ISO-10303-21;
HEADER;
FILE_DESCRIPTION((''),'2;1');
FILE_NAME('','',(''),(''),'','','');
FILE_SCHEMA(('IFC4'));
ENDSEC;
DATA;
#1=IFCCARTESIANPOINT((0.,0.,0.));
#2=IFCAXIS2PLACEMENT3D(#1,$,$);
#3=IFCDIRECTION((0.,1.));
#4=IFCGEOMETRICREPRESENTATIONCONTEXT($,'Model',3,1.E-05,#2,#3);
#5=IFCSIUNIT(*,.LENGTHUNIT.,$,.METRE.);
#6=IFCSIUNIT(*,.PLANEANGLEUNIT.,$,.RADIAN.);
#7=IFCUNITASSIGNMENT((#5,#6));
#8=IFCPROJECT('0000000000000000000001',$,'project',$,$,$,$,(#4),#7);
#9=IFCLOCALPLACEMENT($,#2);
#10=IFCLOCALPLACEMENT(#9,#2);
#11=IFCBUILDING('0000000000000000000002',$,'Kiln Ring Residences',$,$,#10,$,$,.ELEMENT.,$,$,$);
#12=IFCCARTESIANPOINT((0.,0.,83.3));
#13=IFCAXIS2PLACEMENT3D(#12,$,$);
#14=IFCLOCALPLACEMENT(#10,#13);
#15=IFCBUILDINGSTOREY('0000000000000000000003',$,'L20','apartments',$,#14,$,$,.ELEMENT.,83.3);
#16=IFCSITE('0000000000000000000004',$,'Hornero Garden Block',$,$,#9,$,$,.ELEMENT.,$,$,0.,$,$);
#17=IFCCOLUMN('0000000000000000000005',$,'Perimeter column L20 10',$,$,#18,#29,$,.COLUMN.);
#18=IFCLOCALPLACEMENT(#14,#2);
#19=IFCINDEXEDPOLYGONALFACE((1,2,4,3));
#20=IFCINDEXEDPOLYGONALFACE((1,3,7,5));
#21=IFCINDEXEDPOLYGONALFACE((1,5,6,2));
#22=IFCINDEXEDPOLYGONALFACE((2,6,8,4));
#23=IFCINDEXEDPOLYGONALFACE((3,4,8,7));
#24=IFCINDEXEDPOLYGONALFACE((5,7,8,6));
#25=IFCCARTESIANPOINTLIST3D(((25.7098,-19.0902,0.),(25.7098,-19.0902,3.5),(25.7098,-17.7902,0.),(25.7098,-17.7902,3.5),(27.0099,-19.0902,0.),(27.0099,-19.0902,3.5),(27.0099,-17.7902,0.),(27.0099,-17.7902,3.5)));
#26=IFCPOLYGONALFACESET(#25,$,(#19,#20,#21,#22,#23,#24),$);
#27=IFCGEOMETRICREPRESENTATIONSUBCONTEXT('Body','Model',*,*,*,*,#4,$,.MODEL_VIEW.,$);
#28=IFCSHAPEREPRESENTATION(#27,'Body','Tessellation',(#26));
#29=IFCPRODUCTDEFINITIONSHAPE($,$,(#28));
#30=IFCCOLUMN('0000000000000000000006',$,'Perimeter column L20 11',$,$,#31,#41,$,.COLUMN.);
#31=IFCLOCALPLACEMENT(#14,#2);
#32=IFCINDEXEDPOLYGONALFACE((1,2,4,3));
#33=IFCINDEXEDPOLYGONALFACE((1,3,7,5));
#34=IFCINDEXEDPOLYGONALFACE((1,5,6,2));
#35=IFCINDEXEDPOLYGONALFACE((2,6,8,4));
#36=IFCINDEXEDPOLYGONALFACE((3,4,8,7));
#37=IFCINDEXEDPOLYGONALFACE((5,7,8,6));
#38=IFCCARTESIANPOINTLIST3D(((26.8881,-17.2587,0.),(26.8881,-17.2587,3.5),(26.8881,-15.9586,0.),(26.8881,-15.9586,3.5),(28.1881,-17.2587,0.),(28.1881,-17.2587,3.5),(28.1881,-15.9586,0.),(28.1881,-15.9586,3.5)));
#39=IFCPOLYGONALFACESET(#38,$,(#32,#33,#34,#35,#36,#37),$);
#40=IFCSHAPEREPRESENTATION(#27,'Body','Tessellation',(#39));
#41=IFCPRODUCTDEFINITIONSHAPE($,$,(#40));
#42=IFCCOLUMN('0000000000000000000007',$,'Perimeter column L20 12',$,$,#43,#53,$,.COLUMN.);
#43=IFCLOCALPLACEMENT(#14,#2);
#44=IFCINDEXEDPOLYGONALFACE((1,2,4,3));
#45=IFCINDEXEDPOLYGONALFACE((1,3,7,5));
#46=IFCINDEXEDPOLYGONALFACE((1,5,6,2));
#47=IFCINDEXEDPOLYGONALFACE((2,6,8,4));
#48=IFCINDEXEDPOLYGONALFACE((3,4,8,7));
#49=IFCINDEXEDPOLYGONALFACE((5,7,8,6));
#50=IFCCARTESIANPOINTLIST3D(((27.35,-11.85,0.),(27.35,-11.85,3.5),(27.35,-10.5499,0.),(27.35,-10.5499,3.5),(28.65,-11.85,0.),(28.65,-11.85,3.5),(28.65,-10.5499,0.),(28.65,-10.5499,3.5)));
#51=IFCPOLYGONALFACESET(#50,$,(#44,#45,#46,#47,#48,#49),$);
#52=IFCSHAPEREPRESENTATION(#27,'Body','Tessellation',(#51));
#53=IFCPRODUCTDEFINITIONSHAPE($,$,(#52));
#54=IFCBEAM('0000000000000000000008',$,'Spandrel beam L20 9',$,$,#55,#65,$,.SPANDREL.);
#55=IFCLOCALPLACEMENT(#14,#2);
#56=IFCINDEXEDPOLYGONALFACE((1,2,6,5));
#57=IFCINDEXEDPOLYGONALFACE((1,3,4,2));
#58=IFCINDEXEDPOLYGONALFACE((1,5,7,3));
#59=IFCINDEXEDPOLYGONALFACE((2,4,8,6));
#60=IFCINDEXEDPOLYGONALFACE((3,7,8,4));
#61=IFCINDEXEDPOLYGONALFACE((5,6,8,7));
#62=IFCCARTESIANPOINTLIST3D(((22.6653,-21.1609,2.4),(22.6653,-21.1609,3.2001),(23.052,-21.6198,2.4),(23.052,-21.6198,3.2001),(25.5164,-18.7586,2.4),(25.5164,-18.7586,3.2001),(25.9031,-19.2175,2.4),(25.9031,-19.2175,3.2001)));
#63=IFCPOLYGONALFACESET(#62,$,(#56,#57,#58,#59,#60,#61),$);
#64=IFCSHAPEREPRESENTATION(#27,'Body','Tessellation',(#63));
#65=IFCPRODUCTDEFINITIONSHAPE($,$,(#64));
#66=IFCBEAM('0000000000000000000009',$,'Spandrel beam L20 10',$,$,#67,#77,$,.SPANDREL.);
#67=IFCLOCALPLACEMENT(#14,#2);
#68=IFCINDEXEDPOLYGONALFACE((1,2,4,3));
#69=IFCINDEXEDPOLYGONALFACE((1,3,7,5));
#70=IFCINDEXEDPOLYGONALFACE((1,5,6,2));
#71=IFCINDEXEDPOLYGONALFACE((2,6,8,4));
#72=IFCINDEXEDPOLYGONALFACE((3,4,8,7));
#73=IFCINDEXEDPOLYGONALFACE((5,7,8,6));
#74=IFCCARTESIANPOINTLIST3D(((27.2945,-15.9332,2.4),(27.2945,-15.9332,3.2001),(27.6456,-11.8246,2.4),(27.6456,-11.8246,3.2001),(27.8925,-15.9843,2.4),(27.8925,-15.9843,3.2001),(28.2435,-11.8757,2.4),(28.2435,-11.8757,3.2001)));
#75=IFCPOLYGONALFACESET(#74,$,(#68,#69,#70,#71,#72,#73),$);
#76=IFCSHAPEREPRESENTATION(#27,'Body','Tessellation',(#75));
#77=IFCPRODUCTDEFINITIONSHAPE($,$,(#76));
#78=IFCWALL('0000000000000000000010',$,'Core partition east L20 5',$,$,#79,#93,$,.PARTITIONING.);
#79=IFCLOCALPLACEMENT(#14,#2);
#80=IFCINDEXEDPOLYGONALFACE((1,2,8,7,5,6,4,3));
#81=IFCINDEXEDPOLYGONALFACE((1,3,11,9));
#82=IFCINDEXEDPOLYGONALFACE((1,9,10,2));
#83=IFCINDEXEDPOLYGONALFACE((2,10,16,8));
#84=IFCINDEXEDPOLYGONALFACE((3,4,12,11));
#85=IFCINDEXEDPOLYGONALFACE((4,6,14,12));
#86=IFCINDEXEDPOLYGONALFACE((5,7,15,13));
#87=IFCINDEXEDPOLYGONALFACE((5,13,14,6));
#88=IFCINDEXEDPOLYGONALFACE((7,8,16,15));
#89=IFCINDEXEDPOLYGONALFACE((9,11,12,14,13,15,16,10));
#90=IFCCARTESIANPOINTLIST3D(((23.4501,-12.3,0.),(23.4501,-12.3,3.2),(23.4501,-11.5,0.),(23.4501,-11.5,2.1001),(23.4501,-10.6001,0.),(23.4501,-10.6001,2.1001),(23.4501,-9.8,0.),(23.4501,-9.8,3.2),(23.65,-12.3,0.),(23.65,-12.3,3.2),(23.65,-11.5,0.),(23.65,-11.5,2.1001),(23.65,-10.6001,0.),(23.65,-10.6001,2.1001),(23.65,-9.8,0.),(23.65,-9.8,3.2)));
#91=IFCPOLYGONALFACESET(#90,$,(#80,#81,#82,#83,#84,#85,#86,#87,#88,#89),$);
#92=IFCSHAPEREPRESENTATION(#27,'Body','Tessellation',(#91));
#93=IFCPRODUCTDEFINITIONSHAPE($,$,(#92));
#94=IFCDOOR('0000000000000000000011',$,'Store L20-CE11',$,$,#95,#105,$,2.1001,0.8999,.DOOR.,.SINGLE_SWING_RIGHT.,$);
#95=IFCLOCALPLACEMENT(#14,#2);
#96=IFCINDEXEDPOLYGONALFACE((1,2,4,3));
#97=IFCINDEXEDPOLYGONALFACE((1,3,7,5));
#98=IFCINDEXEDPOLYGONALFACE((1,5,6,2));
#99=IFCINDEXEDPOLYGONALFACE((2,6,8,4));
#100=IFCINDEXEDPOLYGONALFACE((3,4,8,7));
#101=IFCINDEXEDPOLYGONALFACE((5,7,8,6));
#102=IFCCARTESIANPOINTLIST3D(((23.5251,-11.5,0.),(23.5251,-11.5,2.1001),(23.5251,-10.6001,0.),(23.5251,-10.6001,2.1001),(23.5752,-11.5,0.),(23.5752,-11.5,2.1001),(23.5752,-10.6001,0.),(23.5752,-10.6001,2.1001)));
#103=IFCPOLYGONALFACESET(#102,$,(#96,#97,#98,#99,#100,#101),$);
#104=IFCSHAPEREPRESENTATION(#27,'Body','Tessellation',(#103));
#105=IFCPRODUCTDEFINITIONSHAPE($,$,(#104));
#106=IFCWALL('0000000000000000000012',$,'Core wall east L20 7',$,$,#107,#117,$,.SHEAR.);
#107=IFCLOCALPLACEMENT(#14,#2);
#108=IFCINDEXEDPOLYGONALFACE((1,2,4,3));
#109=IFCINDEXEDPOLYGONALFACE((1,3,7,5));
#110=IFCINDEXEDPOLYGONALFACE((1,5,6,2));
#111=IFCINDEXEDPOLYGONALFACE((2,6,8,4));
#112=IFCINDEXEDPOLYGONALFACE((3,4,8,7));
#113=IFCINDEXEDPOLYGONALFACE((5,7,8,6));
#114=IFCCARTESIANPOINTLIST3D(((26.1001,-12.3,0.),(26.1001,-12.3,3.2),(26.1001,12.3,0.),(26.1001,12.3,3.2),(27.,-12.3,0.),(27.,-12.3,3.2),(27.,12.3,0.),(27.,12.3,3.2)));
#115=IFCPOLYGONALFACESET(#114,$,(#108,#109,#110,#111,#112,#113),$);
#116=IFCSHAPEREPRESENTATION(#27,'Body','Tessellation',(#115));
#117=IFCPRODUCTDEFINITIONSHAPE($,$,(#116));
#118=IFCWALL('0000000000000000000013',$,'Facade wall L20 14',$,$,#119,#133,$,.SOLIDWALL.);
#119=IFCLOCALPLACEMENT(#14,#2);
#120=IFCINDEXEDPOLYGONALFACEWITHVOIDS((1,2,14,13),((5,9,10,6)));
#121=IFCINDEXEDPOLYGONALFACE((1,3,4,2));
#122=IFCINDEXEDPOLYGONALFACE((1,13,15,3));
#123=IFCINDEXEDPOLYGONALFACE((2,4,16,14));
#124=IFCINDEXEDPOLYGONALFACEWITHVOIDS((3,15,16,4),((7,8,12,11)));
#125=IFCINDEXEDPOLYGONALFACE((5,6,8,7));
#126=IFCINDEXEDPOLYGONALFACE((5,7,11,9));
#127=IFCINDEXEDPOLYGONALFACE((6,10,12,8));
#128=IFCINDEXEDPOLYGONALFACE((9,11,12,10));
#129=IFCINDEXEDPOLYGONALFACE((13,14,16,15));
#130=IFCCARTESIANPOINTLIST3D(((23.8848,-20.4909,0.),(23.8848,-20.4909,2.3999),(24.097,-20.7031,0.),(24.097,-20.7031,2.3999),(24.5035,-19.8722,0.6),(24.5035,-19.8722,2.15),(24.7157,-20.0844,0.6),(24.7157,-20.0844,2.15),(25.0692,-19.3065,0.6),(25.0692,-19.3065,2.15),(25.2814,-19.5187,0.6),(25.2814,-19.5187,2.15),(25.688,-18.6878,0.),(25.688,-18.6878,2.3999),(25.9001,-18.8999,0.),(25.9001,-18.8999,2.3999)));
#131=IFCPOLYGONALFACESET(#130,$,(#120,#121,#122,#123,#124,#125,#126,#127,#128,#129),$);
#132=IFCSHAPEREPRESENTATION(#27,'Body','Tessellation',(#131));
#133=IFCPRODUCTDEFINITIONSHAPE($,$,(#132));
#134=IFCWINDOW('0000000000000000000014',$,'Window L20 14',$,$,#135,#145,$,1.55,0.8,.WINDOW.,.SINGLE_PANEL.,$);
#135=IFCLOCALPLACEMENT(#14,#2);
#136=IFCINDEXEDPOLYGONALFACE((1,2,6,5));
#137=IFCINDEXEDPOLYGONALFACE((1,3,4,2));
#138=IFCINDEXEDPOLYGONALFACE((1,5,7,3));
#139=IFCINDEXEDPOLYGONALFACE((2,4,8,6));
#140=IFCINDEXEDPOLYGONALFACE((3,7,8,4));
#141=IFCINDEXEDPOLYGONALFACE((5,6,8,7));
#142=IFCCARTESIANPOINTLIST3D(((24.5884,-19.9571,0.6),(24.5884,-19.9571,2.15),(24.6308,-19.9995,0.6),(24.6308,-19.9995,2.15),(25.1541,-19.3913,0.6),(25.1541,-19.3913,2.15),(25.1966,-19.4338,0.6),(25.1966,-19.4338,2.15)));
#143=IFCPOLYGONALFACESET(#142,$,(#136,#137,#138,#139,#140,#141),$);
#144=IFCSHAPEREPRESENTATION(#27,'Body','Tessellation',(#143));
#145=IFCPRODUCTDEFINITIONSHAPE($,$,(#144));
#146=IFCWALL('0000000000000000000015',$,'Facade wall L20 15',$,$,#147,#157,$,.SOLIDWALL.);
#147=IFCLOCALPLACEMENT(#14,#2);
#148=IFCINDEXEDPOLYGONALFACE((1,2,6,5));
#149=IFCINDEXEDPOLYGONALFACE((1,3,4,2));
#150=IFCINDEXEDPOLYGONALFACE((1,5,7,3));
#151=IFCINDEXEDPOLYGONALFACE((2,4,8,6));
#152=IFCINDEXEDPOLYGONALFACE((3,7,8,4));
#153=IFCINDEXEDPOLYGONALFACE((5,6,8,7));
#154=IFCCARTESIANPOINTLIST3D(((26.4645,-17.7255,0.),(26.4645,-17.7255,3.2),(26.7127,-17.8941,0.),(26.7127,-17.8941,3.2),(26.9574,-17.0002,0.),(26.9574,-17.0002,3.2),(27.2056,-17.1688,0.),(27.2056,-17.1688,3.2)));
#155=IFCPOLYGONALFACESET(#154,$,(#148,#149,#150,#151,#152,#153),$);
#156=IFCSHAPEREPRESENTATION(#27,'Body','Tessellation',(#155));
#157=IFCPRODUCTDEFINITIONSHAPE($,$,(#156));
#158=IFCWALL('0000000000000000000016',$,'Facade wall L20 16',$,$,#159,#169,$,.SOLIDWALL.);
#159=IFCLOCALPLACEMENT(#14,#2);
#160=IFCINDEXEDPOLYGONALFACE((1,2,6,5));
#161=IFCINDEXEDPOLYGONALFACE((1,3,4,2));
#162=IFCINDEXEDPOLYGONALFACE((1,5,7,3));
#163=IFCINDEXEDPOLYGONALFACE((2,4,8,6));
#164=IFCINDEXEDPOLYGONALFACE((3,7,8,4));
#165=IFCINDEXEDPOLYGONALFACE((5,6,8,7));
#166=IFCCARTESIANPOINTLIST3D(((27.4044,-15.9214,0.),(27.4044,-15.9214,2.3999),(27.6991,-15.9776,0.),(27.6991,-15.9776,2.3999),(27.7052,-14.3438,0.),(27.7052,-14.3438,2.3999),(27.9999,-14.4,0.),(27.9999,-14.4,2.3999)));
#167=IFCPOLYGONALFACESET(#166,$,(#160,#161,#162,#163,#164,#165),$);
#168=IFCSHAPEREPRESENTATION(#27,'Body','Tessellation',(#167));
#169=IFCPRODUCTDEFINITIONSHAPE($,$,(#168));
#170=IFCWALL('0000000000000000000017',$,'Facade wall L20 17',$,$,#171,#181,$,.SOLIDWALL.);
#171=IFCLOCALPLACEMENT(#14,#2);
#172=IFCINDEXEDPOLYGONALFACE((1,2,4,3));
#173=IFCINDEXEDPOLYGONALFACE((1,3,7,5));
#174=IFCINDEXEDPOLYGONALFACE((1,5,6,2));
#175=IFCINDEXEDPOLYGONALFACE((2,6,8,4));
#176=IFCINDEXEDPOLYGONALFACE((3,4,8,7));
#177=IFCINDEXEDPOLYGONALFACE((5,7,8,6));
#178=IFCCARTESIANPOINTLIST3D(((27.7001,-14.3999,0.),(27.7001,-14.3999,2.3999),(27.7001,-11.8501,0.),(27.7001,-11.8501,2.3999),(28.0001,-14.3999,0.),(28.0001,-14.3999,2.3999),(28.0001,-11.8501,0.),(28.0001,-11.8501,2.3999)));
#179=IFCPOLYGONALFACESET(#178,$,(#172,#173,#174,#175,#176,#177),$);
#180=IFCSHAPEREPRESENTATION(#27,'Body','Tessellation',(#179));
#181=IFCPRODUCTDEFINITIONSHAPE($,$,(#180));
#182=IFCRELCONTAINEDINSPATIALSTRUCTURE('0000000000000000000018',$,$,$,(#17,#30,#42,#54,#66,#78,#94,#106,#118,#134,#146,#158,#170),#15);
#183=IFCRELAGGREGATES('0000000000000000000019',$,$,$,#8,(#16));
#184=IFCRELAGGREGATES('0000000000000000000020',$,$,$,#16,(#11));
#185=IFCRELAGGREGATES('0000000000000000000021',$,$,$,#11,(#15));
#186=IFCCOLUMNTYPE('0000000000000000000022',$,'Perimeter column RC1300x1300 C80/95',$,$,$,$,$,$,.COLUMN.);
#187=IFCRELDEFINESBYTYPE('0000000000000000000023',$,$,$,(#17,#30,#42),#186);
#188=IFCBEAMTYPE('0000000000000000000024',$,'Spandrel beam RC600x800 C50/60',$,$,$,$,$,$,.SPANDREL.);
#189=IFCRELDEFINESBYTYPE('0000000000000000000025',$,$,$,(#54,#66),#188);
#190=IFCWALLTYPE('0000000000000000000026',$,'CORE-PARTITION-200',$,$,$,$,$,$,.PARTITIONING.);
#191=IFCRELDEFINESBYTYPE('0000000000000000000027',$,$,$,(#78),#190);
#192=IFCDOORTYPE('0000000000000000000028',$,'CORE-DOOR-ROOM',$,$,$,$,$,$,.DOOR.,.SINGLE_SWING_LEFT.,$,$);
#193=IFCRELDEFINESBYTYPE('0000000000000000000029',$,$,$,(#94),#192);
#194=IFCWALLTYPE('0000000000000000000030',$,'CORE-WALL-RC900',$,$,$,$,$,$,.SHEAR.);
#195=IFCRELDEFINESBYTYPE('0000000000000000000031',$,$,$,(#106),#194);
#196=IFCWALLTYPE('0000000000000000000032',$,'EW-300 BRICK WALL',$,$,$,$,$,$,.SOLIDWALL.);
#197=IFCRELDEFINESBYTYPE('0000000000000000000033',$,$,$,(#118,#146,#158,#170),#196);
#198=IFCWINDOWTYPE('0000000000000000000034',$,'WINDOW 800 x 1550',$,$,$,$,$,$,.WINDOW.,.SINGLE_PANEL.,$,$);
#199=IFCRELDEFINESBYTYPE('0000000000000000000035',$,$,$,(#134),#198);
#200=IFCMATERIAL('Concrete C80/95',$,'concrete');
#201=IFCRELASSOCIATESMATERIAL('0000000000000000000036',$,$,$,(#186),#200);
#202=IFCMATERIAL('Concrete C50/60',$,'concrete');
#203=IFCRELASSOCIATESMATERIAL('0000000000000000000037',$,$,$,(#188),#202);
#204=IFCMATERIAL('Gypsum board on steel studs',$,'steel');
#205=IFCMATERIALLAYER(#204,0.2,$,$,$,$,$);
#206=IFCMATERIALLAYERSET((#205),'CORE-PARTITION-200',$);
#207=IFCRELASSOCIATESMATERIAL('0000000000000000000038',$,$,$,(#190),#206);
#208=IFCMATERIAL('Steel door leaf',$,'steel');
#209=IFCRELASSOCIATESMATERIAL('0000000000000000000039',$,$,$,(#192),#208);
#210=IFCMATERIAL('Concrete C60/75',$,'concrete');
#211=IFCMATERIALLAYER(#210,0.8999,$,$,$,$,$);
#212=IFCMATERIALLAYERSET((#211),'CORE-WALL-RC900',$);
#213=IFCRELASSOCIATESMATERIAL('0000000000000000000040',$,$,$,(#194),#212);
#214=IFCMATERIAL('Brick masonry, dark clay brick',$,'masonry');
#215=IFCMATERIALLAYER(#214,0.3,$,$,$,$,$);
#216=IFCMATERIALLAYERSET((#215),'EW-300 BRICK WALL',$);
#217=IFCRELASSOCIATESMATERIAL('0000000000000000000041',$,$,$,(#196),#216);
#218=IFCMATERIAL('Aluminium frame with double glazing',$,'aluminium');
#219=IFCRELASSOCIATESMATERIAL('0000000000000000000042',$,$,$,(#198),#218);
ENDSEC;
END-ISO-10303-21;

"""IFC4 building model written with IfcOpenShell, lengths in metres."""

from ifc_helpers import new_model, si_unit, direction, frame, frame_2d, origin, origin_2d, place, context, subcontext, project, spatial, rectangle, extrude, material, layer, layer_set, material_profile, profile_set, type_object, element, fill, save


model = new_model("IFC4")

# Units and contexts
model_context = context("Model", 3, precision=1e-05, world=origin(), true_north=direction((0.0, 1.0)))
body_context = subcontext(model_context, "Body", "Model", "MODEL_VIEW")
ifc_project = project(units=[si_unit("LENGTHUNIT", "METRE"), si_unit("PLANEANGLEUNIT", "RADIAN")], contexts=[model_context])

# Site, building, storey
site_placement = place(None, origin())
site = spatial("IfcSite", under=ifc_project, at=site_placement, Name="Hornero Garden Block", CompositionType="ELEMENT", RefElevation=0.0)
building_placement = place(site_placement, origin())
building = spatial("IfcBuilding", under=site, at=building_placement, Name="Kiln Ring Residences", CompositionType="ELEMENT")
storey_placement = place(building_placement, frame((0.0, 0.0, 83.3)))
storey = spatial("IfcBuildingStorey", under=building, at=storey_placement, Name="L20", Description="apartments", CompositionType="ELEMENT", Elevation=83.3)

# Columns
ifc_material_1 = material(Name="Concrete C80/95", Category="concrete")
ifc_material_profile_1 = material_profile(ifc_material_1, rectangle(XDim=1.3, YDim=1.3, at=origin_2d()), Name="RC1300x1300")
ifc_profile_set_1 = profile_set([ifc_material_profile_1], Name="Concrete C80/95")
column_type = type_object("IfcColumnType", Name="Perimeter column RC1300x1300 C80/95", PredefinedType="COLUMN", material=ifc_profile_set_1)
for number, where, z_axis, x_axis, name in (
    (1, (26.3599, -18.4402, 0.0), (0.0, 0.0, 1.0), (1.0, 0.0, 0.0), "Perimeter column L20 10"),
    (2, (27.5381, -16.6086, 0.0), (0.0, 0.0, 1.0), (1.0, 0.0, 0.0), "Perimeter column L20 11"),
    (3, (28.0, -11.2, 0.0), (0.0, 0.0, 1.0), (1.0, 0.0, 0.0), "Perimeter column L20 12"),
):
    element("IfcColumn", number, at=place(storey_placement, frame(where, z_axis=z_axis, x_axis=x_axis)), inside=storey, type_object=column_type, Name=name, PredefinedType="COLUMN", context=body_context, shape_type="SweptSolid", body=[
        extrude(rectangle(XDim=1.3, YDim=1.3, at=origin_2d()), origin(), (0.0, 0.0, 1.0), 3.5),
    ])

# Beams
ifc_material_2 = material(Name="Concrete C50/60", Category="concrete")
ifc_material_profile_2 = material_profile(ifc_material_2, rectangle(XDim=0.6001, YDim=0.8, at=origin_2d()), Name="RC600x800")
ifc_profile_set_2 = profile_set([ifc_material_profile_2], Name="Concrete C50/60")
beam_type = type_object("IfcBeamType", Name="Spandrel beam RC600x800 C50/60", PredefinedType="SPANDREL", material=ifc_profile_set_2)
beam_1_placement = place(storey_placement, frame((22.8586, -21.3904, 2.8), z_axis=(0.764721, 0.644362, 0.0), x_axis=(-0.644362, 0.764721, 0.0)))
element("IfcBeam", 4, at=beam_1_placement, inside=storey, type_object=beam_type, Name="Spandrel beam L20 9", PredefinedType="SPANDREL", context=body_context, shape_type="SweptSolid", body=[
    extrude(rectangle(XDim=0.6001, YDim=0.8, at=origin_2d()), origin(), (0.0, 0.0, 1.0), 3.7283),
])
beam_2_placement = place(storey_placement, frame((27.5935, -15.9587, 2.8), z_axis=(0.085137, 0.996369, 0.0), x_axis=(-0.996369, 0.085137, 0.0)))
element("IfcBeam", 5, at=beam_2_placement, inside=storey, type_object=beam_type, Name="Spandrel beam L20 10", PredefinedType="SPANDREL", context=body_context, shape_type="SweptSolid", body=[
    extrude(rectangle(XDim=0.6001, YDim=0.8, at=origin_2d()), origin(), (0.0, 0.0, 1.0), 4.1235),
])

# Wall, opening, door
ifc_material_3 = material(Name="Gypsum board on steel studs", Category="steel")
ifc_layer_1 = layer(ifc_material_3, 0.2)
ifc_layer_set_1 = layer_set([ifc_layer_1], Name="CORE-PARTITION-200")
wall_type_1 = type_object("IfcWallType", Name="CORE-PARTITION-200", PredefinedType="PARTITIONING", material=ifc_layer_set_1)
wall_1_placement = place(storey_placement, frame((23.55, -12.3, 0.0), z_axis=(0.0, 0.0, 1.0), x_axis=(0.0, 1.0, 0.0)))
wall_1 = element("IfcWall", 6, at=wall_1_placement, inside=storey, type_object=wall_type_1, Name="Core partition east L20 5", PredefinedType="PARTITIONING", context=body_context, shape_type="SweptSolid", body=[
    extrude(rectangle(XDim=2.5, YDim=0.2, at=frame_2d((1.25, 0.0))), origin(), (0.0, 0.0, 1.0), 3.2),
])
opening_1_placement = place(wall_1_placement, frame((0.8, 0.0, 0.0)))
opening_1 = element("IfcOpeningElement", 7, at=opening_1_placement, cuts=wall_1, PredefinedType="OPENING", context=body_context, shape_type="SweptSolid", body=[
    extrude(rectangle(XDim=0.8999, YDim=2.1001, at=frame_2d((0.45, 1.05))), frame((0.0, 0.1099, 0.0), z_axis=(0.0, -1.0, 0.0), x_axis=(1.0, 0.0, 0.0)), (0.0, 0.0, 1.0), 0.22),
])
ifc_material_4 = material(Name="Steel door leaf", Category="steel")
door_type = type_object("IfcDoorType", Name="CORE-DOOR-ROOM", OperationType="SINGLE_SWING_LEFT", PredefinedType="DOOR", material=ifc_material_4)
door_placement = place(opening_1_placement, origin())
door = element("IfcDoor", 8, at=door_placement, inside=storey, type_object=door_type, Name="Store L20-CE11", OperationType="SINGLE_SWING_RIGHT", OverallHeight=2.1001, OverallWidth=0.8999, PredefinedType="DOOR", context=body_context, shape_type="SweptSolid", body=[
    extrude(rectangle(XDim=0.8999, YDim=2.1001, at=frame_2d((0.45, 1.05))), frame((0.0, 0.0249, 0.0), z_axis=(0.0, -1.0, 0.0), x_axis=(1.0, 0.0, 0.0)), (0.0, 0.0, 1.0), 0.05),
])
fill(opening_1, door)

# Wall
ifc_material_5 = material(Name="Concrete C60/75", Category="concrete")
ifc_layer_2 = layer(ifc_material_5, 0.8999)
ifc_layer_set_2 = layer_set([ifc_layer_2], Name="CORE-WALL-RC900")
wall_type_2 = type_object("IfcWallType", Name="CORE-WALL-RC900", PredefinedType="SHEAR", material=ifc_layer_set_2)
wall_2_placement = place(storey_placement, frame((26.55, -12.3, 0.0), z_axis=(0.0, 0.0, 1.0), x_axis=(0.0, 1.0, 0.0)))
element("IfcWall", 9, at=wall_2_placement, inside=storey, type_object=wall_type_2, Name="Core wall east L20 7", PredefinedType="SHEAR", context=body_context, shape_type="SweptSolid", body=[
    extrude(rectangle(XDim=24.6001, YDim=0.8999, at=frame_2d((12.3, 0.0))), origin(), (0.0, 0.0, 1.0), 3.2),
])

# Wall, opening, window
ifc_material_6 = material(Name="Brick masonry, dark clay brick", Category="masonry")
ifc_layer_3 = layer(ifc_material_6, 0.3)
ifc_layer_set_3 = layer_set([ifc_layer_3], Name="EW-300 BRICK WALL")
wall_type_3 = type_object("IfcWallType", Name="EW-300 BRICK WALL", PredefinedType="SOLIDWALL", material=ifc_layer_set_3)
wall_3_placement = place(storey_placement, frame((23.991, -20.5969, 0.0), z_axis=(0.0, 0.0, 1.0), x_axis=(0.707107, 0.707107, 0.0)))
wall_3 = element("IfcWall", 10, at=wall_3_placement, inside=storey, type_object=wall_type_3, Name="Facade wall L20 14", PredefinedType="SOLIDWALL", context=body_context, shape_type="SweptSolid", body=[
    extrude(rectangle(XDim=2.55, YDim=0.3, at=frame_2d((1.2749, 0.0))), origin(), (0.0, 0.0, 1.0), 2.3999),
])
opening_2_placement = place(wall_3_placement, frame((0.875, 0.0, 0.6001)))
opening_2 = element("IfcOpeningElement", 11, at=opening_2_placement, cuts=wall_3, PredefinedType="OPENING", context=body_context, shape_type="SweptSolid", body=[
    extrude(rectangle(XDim=0.8, YDim=1.55, at=frame_2d((0.3999, 0.7749))), frame((0.0, 0.1599, 0.0), z_axis=(0.0, -1.0, 0.0), x_axis=(1.0, 0.0, 0.0)), (0.0, 0.0, 1.0), 0.3201),
])
ifc_material_7 = material(Name="Aluminium frame with double glazing", Category="aluminium")
window_type = type_object("IfcWindowType", Name="WINDOW 800 x 1550", PartitioningType="SINGLE_PANEL", PredefinedType="WINDOW", material=ifc_material_7)
window_placement = place(opening_2_placement, origin())
window = element("IfcWindow", 12, at=window_placement, inside=storey, type_object=window_type, Name="Window L20 14", OverallHeight=1.55, OverallWidth=0.8, PartitioningType="SINGLE_PANEL", PredefinedType="WINDOW", context=body_context, shape_type="SweptSolid", body=[
    extrude(rectangle(XDim=0.8, YDim=1.55, at=frame_2d((0.3999, 0.7749))), frame((0.0, 0.03, 0.0), z_axis=(0.0, -1.0, 0.0), x_axis=(1.0, 0.0, 0.0)), (0.0, 0.0, 1.0), 0.0601),
])
fill(opening_2, window)

# Walls
wall_4_placement = place(storey_placement, frame((26.5886, -17.8098, 0.0), z_axis=(0.0, 0.0, 1.0), x_axis=(0.562066, 0.827092, 0.0)))
element("IfcWall", 13, at=wall_4_placement, inside=storey, type_object=wall_type_3, Name="Facade wall L20 15", PredefinedType="SOLIDWALL", context=body_context, shape_type="SweptSolid", body=[
    extrude(rectangle(XDim=0.877, YDim=0.3, at=frame_2d((0.4385, 0.0))), origin(), (0.0, 0.0, 1.0), 3.2),
])
wall_5_placement = place(storey_placement, frame((27.5518, -15.9495, 0.0), z_axis=(0.0, 0.0, 1.0), x_axis=(0.18728, 0.982307, 0.0)))
element("IfcWall", 14, at=wall_5_placement, inside=storey, type_object=wall_type_3, Name="Facade wall L20 16", PredefinedType="SOLIDWALL", context=body_context, shape_type="SweptSolid", body=[
    extrude(rectangle(XDim=1.606, YDim=0.3, at=frame_2d((0.803, 0.0))), origin(), (0.0, 0.0, 1.0), 2.3999),
])
wall_6_placement = place(storey_placement, frame((27.8501, -14.3999, 0.0), z_axis=(0.0, 0.0, 1.0), x_axis=(0.0, 1.0, 0.0)))
element("IfcWall", 15, at=wall_6_placement, inside=storey, type_object=wall_type_3, Name="Facade wall L20 17", PredefinedType="SOLIDWALL", context=body_context, shape_type="SweptSolid", body=[
    extrude(rectangle(XDim=2.5498, YDim=0.3, at=frame_2d((1.2749, 0.0))), origin(), (0.0, 0.0, 1.0), 2.3999),
])

save(model, "model.ifc")
